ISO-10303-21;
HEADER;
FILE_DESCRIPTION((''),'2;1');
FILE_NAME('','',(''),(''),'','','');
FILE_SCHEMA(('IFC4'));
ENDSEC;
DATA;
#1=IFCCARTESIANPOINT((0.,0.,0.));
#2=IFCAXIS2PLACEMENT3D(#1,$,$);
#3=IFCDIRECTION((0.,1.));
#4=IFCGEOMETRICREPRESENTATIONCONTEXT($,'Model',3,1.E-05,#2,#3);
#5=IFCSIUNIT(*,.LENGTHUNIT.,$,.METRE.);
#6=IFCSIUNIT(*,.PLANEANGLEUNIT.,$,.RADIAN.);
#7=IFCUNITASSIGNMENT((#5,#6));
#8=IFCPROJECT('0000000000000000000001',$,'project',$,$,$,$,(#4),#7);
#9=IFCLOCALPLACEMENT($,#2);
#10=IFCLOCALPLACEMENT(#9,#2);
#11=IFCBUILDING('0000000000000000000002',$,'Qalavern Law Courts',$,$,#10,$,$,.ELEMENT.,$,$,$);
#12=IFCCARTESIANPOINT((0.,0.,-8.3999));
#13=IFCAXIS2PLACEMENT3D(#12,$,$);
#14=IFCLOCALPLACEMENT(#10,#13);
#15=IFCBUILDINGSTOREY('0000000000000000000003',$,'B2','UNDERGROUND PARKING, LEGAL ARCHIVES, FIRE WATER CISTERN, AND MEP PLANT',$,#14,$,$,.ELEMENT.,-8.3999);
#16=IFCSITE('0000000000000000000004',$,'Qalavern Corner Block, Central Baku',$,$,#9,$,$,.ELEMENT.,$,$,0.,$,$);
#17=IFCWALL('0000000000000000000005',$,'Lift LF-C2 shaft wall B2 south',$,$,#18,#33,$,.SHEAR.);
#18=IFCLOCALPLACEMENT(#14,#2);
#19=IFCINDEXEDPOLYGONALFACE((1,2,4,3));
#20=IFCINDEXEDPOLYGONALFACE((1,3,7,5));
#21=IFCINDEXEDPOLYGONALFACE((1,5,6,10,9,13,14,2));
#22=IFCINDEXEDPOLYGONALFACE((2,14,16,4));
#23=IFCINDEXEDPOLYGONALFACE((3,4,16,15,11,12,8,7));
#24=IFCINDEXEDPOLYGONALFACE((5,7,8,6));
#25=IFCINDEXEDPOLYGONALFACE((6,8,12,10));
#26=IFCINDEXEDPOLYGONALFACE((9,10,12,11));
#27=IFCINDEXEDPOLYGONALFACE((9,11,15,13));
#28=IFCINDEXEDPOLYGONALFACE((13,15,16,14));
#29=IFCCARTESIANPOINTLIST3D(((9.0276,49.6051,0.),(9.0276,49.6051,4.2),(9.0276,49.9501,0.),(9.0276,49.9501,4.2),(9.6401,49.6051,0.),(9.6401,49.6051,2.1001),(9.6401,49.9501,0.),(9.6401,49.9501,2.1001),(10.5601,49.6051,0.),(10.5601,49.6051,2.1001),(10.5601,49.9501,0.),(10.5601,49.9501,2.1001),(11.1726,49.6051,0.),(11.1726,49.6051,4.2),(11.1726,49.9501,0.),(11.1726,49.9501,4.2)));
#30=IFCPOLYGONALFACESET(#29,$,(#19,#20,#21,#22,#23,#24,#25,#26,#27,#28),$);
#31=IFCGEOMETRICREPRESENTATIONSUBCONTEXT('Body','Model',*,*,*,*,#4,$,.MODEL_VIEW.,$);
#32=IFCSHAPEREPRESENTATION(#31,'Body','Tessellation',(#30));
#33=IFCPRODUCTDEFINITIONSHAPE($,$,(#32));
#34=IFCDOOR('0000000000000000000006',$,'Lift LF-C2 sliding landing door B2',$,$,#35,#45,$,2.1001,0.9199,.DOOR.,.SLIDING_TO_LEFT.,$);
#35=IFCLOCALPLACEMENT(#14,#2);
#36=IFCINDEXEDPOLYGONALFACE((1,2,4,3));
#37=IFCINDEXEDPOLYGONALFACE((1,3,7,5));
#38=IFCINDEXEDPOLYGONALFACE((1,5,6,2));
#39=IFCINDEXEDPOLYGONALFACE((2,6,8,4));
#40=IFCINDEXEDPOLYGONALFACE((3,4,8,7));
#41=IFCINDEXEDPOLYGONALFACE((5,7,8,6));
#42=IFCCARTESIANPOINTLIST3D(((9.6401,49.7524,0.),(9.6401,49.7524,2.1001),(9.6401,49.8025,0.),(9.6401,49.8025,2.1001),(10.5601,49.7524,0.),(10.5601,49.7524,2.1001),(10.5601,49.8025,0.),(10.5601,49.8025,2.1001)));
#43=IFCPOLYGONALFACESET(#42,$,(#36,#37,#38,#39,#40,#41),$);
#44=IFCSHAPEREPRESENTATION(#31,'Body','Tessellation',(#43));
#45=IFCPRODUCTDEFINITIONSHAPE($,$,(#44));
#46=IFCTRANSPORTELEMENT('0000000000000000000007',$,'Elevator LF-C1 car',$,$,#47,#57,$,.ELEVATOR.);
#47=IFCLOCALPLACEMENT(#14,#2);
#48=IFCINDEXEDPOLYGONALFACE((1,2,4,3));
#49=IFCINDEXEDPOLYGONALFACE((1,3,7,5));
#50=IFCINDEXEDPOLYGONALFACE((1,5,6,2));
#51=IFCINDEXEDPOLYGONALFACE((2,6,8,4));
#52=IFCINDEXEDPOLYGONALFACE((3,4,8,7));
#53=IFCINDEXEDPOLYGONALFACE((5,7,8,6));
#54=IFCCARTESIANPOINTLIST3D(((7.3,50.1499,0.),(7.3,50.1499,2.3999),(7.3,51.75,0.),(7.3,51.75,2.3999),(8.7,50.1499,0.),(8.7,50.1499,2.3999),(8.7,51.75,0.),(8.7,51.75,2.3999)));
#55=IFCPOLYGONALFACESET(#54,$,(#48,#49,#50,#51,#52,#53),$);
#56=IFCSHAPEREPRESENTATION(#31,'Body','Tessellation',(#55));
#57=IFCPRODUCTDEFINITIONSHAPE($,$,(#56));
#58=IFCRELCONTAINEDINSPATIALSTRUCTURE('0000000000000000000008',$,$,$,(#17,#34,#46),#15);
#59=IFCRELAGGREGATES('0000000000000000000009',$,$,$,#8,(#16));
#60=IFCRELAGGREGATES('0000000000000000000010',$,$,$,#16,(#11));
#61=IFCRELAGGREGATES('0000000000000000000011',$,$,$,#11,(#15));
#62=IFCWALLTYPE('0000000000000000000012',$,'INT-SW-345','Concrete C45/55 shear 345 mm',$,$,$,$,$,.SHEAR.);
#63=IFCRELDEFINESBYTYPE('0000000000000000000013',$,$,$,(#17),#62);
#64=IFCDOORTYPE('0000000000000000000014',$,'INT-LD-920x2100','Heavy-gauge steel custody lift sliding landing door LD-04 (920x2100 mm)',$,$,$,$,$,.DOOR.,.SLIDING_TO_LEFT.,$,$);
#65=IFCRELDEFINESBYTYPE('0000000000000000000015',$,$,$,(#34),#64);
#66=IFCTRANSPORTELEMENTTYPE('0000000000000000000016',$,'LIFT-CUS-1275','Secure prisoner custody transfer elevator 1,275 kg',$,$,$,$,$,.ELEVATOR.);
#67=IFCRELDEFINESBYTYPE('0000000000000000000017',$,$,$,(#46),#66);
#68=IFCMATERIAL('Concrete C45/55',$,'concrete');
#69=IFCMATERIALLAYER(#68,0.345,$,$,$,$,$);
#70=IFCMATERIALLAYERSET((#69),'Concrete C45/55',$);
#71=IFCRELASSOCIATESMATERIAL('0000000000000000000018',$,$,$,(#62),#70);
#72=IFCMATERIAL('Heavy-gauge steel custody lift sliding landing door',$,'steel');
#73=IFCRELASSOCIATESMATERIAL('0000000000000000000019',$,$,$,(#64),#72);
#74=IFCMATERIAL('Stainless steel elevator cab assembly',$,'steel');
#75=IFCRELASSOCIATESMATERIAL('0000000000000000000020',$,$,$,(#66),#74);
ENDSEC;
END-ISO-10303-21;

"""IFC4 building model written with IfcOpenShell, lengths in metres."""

from ifc_helpers import new_model, si_unit, direction, frame, frame_2d, origin, origin_2d, place, context, subcontext, project, spatial, rectangle, extrude, material, layer, layer_set, type_object, element, fill, save


model = new_model("IFC4")

# Units and contexts
model_context = context("Model", 3, precision=1e-05, world=origin(), true_north=direction((0.0, 1.0)))
body_context = subcontext(model_context, "Body", "Model", "MODEL_VIEW")
ifc_project = project(units=[si_unit("LENGTHUNIT", "METRE"), si_unit("PLANEANGLEUNIT", "RADIAN")], contexts=[model_context])

# Site, building, storey
site_placement = place(None, origin())
site = spatial("IfcSite", under=ifc_project, at=site_placement, Name="Qalavern Corner Block, Central Baku", CompositionType="ELEMENT", RefElevation=0.0)
building_placement = place(site_placement, origin())
building = spatial("IfcBuilding", under=site, at=building_placement, Name="Qalavern Law Courts", CompositionType="ELEMENT")
storey_placement = place(building_placement, frame((0.0, 0.0, -8.3999)))
storey = spatial("IfcBuildingStorey", under=building, at=storey_placement, Name="B2", Description="UNDERGROUND PARKING, LEGAL ARCHIVES, FIRE WATER CISTERN, AND MEP PLANT", CompositionType="ELEMENT", Elevation=-8.3999)

# Shared definitions
ifc_material_1 = material(Name="Concrete C45/55", Category="concrete")

# Shared definitions
ifc_layer_1 = layer(ifc_material_1, 0.345)
ifc_layer_set_1 = layer_set([ifc_layer_1], Name="Concrete C45/55")
wall_type_1 = type_object("IfcWallType", Name="INT-SW-345", Description="Concrete C45/55 shear 345 mm", PredefinedType="SHEAR", material=ifc_layer_set_1)
ifc_material_2 = material(Name="Heavy-gauge steel custody lift sliding landing door", Category="steel")
door_type = type_object("IfcDoorType", Name="INT-LD-920x2100", Description="Heavy-gauge steel custody lift sliding landing door LD-04 (920x2100 mm)", OperationType="SLIDING_TO_LEFT", PredefinedType="DOOR", material=ifc_material_2)

# Wall, opening, door
wall_1_placement = place(storey_placement, frame((9.0276, 49.7776, 0.0), z_axis=(0.0, 0.0, 1.0), x_axis=(1.0, 0.0, 0.0)))
wall_1 = element("IfcWall", 1, at=wall_1_placement, inside=storey, type_object=wall_type_1, Name="Lift LF-C2 shaft wall B2 south", PredefinedType="SHEAR", context=body_context, shape_type="SweptSolid", body=[
    extrude(rectangle(XDim=2.145, YDim=0.345, at=frame_2d((1.0725, 0.0))), origin(), (0.0, 0.0, 1.0), 4.2),
])
opening_1_placement = place(wall_1_placement, frame((0.6125, 0.0, 0.0)))
opening_1 = element("IfcOpeningElement", 2, at=opening_1_placement, cuts=wall_1, PredefinedType="OPENING", context=body_context, shape_type="SweptSolid", body=[
    extrude(rectangle(XDim=0.9199, YDim=2.1001, at=frame_2d((0.46, 1.05))), frame((0.0, 0.1875, 0.0), z_axis=(0.0, -1.0, 0.0), x_axis=(1.0, 0.0, 0.0)), (0.0, 0.0, 1.0), 0.3748),
])
door_1_placement = place(opening_1_placement, origin())
door_1 = element("IfcDoor", 3, at=door_1_placement, inside=storey, type_object=door_type, Name="Lift LF-C2 sliding landing door B2", OperationType="SLIDING_TO_LEFT", OverallHeight=2.1001, OverallWidth=0.9199, PredefinedType="DOOR", context=body_context, shape_type="SweptSolid", body=[
    extrude(rectangle(XDim=0.9199, YDim=2.1001, at=frame_2d((0.46, 1.05))), frame((0.0, 0.0249, 0.0), z_axis=(0.0, -1.0, 0.0), x_axis=(1.0, 0.0, 0.0)), (0.0, 0.0, 1.0), 0.05),
])
fill(opening_1, door_1)

# Transport element
ifc_material_3 = material(Name="Stainless steel elevator cab assembly", Category="steel")
transport_element_type = type_object("IfcTransportElementType", Name="LIFT-CUS-1275", Description="Secure prisoner custody transfer elevator 1,275 kg", PredefinedType="ELEVATOR", material=ifc_material_3)
transport_element_placement = place(storey_placement, frame((8.0, 50.95, 0.0), z_axis=(0.0, 0.0, 1.0), x_axis=(1.0, 0.0, 0.0)))
element("IfcTransportElement", 4, at=transport_element_placement, inside=storey, type_object=transport_element_type, Name="Elevator LF-C1 car", PredefinedType="ELEVATOR", context=body_context, shape_type="SweptSolid", body=[
    extrude(rectangle(XDim=1.3999, YDim=1.6001, at=origin_2d()), origin(), (0.0, 0.0, 1.0), 2.3999),
])

save(model, "model.ifc")
